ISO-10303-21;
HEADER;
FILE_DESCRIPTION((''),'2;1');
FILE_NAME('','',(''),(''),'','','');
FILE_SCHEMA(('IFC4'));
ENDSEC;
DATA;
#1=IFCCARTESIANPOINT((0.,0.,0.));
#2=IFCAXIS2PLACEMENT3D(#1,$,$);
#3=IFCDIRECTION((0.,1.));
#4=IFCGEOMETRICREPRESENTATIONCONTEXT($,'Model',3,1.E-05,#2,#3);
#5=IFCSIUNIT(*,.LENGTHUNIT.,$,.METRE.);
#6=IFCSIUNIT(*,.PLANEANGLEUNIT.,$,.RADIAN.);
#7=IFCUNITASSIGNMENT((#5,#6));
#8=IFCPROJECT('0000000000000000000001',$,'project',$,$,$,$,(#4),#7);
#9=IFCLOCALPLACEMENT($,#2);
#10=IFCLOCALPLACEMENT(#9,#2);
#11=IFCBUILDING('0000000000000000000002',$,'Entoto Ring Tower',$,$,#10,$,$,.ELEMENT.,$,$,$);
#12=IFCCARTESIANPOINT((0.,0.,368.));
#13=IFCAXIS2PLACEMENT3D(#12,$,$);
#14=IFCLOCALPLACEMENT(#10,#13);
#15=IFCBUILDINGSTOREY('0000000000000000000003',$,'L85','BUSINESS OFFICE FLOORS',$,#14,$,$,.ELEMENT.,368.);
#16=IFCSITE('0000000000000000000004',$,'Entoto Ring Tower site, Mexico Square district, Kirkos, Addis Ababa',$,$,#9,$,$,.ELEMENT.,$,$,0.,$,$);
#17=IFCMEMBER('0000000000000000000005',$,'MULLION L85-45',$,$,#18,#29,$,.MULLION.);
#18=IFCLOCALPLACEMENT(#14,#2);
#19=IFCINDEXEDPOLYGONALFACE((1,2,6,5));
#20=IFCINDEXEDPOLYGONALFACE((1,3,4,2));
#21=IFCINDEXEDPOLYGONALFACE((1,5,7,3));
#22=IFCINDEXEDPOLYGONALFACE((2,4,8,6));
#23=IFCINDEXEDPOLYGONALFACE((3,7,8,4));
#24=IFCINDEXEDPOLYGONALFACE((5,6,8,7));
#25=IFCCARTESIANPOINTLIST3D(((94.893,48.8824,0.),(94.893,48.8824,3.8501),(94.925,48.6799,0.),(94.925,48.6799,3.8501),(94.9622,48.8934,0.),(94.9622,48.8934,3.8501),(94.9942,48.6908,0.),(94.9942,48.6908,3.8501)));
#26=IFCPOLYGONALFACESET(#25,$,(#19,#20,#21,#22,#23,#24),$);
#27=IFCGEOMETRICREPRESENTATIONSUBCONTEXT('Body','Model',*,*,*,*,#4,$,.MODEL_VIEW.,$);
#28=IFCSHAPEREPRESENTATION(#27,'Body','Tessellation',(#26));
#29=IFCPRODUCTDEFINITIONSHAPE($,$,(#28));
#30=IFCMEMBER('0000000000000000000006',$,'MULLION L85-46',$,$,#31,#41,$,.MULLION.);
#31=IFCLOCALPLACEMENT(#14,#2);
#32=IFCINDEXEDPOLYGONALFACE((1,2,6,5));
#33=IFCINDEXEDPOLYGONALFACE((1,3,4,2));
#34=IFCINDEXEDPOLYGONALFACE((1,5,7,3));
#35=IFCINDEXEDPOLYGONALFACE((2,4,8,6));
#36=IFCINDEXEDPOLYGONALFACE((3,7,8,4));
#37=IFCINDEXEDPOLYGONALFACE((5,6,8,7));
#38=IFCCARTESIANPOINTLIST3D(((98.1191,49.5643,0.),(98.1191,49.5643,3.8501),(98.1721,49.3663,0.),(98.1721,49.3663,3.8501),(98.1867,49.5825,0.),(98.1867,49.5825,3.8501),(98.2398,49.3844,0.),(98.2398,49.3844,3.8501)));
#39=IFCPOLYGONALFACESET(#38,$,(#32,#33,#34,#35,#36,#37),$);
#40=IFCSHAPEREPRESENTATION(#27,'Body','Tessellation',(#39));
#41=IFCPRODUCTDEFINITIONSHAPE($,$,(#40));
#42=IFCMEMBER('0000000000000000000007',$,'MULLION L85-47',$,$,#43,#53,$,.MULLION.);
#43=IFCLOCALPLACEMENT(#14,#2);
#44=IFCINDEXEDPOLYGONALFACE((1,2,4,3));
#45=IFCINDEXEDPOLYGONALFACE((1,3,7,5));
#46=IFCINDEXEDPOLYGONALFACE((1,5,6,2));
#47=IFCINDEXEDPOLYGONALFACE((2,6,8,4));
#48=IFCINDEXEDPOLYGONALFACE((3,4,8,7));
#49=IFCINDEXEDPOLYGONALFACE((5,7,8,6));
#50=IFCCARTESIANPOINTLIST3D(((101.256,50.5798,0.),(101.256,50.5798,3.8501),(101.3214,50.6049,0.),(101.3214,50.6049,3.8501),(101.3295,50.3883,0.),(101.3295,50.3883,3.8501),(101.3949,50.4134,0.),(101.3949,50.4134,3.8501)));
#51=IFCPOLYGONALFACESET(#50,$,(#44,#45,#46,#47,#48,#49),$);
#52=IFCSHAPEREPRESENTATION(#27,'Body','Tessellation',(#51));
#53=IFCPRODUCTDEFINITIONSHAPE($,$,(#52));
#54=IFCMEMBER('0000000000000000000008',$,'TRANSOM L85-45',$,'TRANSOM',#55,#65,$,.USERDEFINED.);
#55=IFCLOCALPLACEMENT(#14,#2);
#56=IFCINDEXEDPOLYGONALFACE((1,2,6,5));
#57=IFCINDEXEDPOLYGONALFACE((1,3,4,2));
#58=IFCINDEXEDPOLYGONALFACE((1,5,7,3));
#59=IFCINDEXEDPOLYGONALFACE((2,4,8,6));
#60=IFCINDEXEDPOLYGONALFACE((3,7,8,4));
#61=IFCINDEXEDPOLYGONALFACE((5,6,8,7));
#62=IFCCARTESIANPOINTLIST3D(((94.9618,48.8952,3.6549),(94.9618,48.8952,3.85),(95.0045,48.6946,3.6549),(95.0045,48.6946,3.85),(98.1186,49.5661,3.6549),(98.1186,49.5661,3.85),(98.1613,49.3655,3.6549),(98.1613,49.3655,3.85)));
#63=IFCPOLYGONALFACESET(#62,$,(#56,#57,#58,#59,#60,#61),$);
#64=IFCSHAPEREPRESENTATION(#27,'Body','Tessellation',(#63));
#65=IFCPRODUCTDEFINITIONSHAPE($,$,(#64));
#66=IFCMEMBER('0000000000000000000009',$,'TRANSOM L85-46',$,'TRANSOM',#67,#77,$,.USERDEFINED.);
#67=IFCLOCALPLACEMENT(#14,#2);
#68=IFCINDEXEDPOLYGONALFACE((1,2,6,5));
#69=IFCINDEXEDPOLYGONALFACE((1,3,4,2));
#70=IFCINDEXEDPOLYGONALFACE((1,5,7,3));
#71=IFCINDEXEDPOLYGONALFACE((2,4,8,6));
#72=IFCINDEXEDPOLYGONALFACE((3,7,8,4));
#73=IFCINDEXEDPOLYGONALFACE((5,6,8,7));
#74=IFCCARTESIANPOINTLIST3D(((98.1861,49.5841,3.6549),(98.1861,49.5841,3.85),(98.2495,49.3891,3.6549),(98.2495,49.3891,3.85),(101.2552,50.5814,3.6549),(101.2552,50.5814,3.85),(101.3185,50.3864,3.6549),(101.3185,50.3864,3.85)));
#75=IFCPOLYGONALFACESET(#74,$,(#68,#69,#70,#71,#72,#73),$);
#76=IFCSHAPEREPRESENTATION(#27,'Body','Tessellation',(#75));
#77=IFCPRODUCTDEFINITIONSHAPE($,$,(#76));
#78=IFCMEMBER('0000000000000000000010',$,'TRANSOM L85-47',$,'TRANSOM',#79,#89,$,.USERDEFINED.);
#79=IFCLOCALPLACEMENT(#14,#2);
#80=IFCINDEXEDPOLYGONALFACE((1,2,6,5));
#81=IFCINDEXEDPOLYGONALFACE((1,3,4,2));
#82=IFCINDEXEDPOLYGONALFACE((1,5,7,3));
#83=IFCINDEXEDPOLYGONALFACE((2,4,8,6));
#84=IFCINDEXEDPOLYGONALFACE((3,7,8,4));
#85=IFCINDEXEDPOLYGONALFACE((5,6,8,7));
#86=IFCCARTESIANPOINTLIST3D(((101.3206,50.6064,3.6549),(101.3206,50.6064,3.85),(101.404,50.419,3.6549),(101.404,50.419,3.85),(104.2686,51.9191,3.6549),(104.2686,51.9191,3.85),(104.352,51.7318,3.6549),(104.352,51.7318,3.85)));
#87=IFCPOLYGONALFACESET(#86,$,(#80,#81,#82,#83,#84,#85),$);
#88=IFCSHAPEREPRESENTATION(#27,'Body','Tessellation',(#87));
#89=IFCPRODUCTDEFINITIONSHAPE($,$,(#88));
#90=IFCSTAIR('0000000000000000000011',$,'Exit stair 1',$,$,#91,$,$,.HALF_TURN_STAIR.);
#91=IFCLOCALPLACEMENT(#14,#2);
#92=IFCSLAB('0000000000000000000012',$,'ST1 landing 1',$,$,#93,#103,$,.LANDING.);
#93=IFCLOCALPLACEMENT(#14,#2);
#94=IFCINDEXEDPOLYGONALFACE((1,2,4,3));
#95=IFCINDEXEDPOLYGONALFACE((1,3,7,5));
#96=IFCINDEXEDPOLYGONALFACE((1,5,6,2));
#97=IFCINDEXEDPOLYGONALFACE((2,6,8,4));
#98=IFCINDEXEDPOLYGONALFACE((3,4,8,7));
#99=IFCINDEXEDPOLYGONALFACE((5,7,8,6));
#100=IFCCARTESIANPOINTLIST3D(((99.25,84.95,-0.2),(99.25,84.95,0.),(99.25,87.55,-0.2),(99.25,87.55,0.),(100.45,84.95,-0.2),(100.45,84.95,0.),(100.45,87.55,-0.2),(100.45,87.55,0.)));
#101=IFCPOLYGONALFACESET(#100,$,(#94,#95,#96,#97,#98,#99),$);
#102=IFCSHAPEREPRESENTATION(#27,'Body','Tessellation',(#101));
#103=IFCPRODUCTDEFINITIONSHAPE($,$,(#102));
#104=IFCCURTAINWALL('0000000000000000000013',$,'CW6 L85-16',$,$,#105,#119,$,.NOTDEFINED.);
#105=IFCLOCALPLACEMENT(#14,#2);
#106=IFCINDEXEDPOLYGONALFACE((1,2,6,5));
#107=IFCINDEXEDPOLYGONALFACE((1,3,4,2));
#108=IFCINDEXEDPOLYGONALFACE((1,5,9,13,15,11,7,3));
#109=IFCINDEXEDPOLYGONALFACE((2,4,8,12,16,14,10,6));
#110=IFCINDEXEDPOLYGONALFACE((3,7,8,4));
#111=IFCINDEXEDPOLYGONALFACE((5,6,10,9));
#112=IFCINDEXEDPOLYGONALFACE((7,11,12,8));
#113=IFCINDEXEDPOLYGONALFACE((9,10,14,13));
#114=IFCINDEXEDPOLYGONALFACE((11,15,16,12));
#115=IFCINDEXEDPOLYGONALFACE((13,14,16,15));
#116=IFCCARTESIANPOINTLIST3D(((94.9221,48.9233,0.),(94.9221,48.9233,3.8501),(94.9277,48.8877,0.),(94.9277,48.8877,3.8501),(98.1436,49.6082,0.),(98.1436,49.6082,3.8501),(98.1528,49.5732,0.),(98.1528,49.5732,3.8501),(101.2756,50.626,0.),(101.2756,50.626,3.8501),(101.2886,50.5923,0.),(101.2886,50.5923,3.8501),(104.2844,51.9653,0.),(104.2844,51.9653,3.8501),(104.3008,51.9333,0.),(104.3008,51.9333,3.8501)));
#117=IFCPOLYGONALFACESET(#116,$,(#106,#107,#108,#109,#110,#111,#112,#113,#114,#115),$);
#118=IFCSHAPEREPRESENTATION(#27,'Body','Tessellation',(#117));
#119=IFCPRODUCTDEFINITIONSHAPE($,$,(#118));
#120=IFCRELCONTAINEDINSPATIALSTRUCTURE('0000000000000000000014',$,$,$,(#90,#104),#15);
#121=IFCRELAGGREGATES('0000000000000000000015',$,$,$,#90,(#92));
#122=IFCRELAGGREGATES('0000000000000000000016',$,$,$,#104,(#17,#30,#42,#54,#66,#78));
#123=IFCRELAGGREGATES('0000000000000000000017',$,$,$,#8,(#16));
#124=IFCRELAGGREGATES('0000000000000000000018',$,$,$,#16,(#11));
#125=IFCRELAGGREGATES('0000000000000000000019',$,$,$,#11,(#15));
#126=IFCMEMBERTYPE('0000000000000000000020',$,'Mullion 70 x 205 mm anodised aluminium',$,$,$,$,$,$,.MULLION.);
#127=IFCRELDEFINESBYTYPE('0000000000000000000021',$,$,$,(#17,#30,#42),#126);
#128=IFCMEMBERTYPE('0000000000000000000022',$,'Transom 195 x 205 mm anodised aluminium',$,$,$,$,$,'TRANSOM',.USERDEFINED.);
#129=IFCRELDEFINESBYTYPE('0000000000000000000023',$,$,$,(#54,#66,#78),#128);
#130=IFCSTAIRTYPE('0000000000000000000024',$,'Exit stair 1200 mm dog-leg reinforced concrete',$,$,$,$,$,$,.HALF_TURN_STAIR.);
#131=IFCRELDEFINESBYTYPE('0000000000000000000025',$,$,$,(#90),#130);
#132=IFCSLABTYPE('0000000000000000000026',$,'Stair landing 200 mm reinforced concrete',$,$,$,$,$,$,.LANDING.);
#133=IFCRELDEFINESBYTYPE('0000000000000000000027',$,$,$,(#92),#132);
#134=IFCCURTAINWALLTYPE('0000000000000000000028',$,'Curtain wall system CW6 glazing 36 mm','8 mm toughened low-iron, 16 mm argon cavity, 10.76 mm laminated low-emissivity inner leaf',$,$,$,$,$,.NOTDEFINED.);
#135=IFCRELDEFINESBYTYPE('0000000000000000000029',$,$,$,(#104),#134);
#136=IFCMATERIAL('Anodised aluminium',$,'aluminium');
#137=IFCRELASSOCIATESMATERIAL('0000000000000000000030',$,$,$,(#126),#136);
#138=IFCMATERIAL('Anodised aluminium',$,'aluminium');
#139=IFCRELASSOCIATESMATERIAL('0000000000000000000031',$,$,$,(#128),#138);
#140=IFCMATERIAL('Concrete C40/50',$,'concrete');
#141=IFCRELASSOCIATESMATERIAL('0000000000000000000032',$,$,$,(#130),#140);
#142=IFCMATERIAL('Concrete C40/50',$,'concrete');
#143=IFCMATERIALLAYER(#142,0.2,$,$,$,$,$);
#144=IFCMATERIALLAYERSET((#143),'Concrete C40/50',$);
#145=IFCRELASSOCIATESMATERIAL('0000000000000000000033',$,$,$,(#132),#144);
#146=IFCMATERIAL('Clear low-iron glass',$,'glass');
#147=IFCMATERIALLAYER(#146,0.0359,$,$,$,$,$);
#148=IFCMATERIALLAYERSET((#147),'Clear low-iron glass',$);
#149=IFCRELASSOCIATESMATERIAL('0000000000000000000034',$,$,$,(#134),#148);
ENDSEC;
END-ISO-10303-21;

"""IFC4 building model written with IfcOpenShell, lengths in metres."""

from ifc_helpers import new_model, si_unit, direction, frame, origin, origin_2d, place, context, subcontext, project, spatial, polyline, rectangle, outline, extrude, material, layer, layer_set, material_profile, profile_set, type_object, element, aggregate, save


model = new_model("IFC4")

# Units and contexts
model_context = context("Model", 3, precision=1e-05, world=origin(), true_north=direction((0.0, 1.0)))
body_context = subcontext(model_context, "Body", "Model", "MODEL_VIEW")
ifc_project = project(units=[si_unit("LENGTHUNIT", "METRE"), si_unit("PLANEANGLEUNIT", "RADIAN")], contexts=[model_context])

# Members
ifc_material_1 = material(Name="Anodised aluminium", Category="aluminium")
ifc_material_profile_1 = material_profile(ifc_material_1, rectangle(XDim=0.0701, YDim=0.2051, at=origin_2d()), Name="Mullion 70 x 205 mm anodised aluminium")
ifc_profile_set_1 = profile_set([ifc_material_profile_1], Name="Anodised aluminium")
member_type_1 = type_object("IfcMemberType", Name="Mullion 70 x 205 mm anodised aluminium", PredefinedType="MULLION", material=ifc_profile_set_1)
site_placement = place(None, origin())
building_placement = place(site_placement, origin())
storey_placement = place(building_placement, frame((0.0, 0.0, 368.0)))
member_1_placement = place(storey_placement, frame((94.9436, 48.7866, 0.0), z_axis=(0.0, 0.0, 1.0), x_axis=(0.987688, 0.156434, 0.0)))
member_1 = element("IfcMember", 1, at=member_1_placement, type_object=member_type_1, Name="MULLION L85-45", PredefinedType="MULLION", context=body_context, shape_type="SweptSolid", body=[
    extrude(rectangle(XDim=0.0701, YDim=0.2051, at=origin_2d()), origin(), (0.0, 0.0, 1.0), 3.8501),
])
member_2_placement = place(storey_placement, frame((98.1794, 49.4744, 0.0), z_axis=(0.0, 0.0, 1.0), x_axis=(0.965926, 0.258819, 0.0)))
member_2 = element("IfcMember", 2, at=member_2_placement, type_object=member_type_1, Name="MULLION L85-46", PredefinedType="MULLION", context=body_context, shape_type="SweptSolid", body=[
    extrude(rectangle(XDim=0.0701, YDim=0.2051, at=origin_2d()), origin(), (0.0, 0.0, 1.0), 3.8501),
])
member_3_placement = place(storey_placement, frame((101.3254, 50.4966, 0.0), z_axis=(0.0, 0.0, 1.0), x_axis=(0.93358, 0.358368, 0.0)))
member_3 = element("IfcMember", 3, at=member_3_placement, type_object=member_type_1, Name="MULLION L85-47", PredefinedType="MULLION", context=body_context, shape_type="SweptSolid", body=[
    extrude(rectangle(XDim=0.0701, YDim=0.2051, at=origin_2d()), origin(), (0.0, 0.0, 1.0), 3.8501),
])
ifc_material_2 = material(Name="Anodised aluminium", Category="aluminium")
ifc_material_profile_2 = material_profile(ifc_material_2, rectangle(XDim=0.2051, YDim=0.1951, at=origin_2d()), Name="Transom 195 x 205 mm anodised aluminium")
ifc_profile_set_2 = profile_set([ifc_material_profile_2], Name="Anodised aluminium")
member_type_2 = type_object("IfcMemberType", Name="Transom 195 x 205 mm anodised aluminium", ElementType="TRANSOM", PredefinedType="USERDEFINED", material=ifc_profile_set_2)
member_4_placement = place(storey_placement, frame((94.9832, 48.7949, 3.7524), z_axis=(0.978153, 0.207886, 0.0), x_axis=(-0.207886, 0.978153, 0.0)))
member_4 = element("IfcMember", 4, at=member_4_placement, type_object=member_type_2, Name="TRANSOM L85-45", ObjectType="TRANSOM", PredefinedType="USERDEFINED", context=body_context, shape_type="SweptSolid", body=[
    extrude(rectangle(XDim=0.2051, YDim=0.1951, at=origin_2d()), origin(), (0.0, 0.0, 1.0), 3.2273),
])
member_5_placement = place(storey_placement, frame((98.2178, 49.4866, 3.7524), z_axis=(0.951047, 0.309047, 0.0), x_axis=(-0.309047, 0.951047, 0.0)))
member_5 = element("IfcMember", 5, at=member_5_placement, type_object=member_type_2, Name="TRANSOM L85-46", ObjectType="TRANSOM", PredefinedType="USERDEFINED", context=body_context, shape_type="SweptSolid", body=[
    extrude(rectangle(XDim=0.2051, YDim=0.1951, at=origin_2d()), origin(), (0.0, 0.0, 1.0), 3.2271),
])
member_6_placement = place(storey_placement, frame((101.3623, 50.5127, 3.7524), z_axis=(0.913521, 0.406791, 0.0), x_axis=(-0.406791, 0.913521, 0.0)))
member_6 = element("IfcMember", 6, at=member_6_placement, type_object=member_type_2, Name="TRANSOM L85-47", ObjectType="TRANSOM", PredefinedType="USERDEFINED", context=body_context, shape_type="SweptSolid", body=[
    extrude(rectangle(XDim=0.2051, YDim=0.1951, at=origin_2d()), origin(), (0.0, 0.0, 1.0), 3.2271),
])

# Site, building, storey
site = spatial("IfcSite", under=ifc_project, at=site_placement, Name="Entoto Ring Tower site, Mexico Square district, Kirkos, Addis Ababa", CompositionType="ELEMENT", RefElevation=0.0)
building = spatial("IfcBuilding", under=site, at=building_placement, Name="Entoto Ring Tower", CompositionType="ELEMENT")
storey = spatial("IfcBuildingStorey", under=building, at=storey_placement, Name="L85", Description="BUSINESS OFFICE FLOORS", CompositionType="ELEMENT", Elevation=368.0)

# Stair, slab
ifc_material_3 = material(Name="Concrete C40/50", Category="concrete")
stair_type = type_object("IfcStairType", Name="Exit stair 1200 mm dog-leg reinforced concrete", PredefinedType="HALF_TURN_STAIR", material=ifc_material_3)
stair_placement = place(storey_placement, origin())
stair = element("IfcStair", 7, at=stair_placement, inside=storey, type_object=stair_type, Name="Exit stair 1", PredefinedType="HALF_TURN_STAIR")
ifc_material_4 = material(Name="Concrete C40/50", Category="concrete")
ifc_layer_1 = layer(ifc_material_4, 0.2)
ifc_layer_set_1 = layer_set([ifc_layer_1], Name="Concrete C40/50")
slab_type = type_object("IfcSlabType", Name="Stair landing 200 mm reinforced concrete", PredefinedType="LANDING", material=ifc_layer_set_1)
slab_placement = place(storey_placement, frame((0.0, 0.0, -0.2)))
slab = element("IfcSlab", 8, at=slab_placement, type_object=slab_type, Name="ST1 landing 1", PredefinedType="LANDING", context=body_context, shape_type="SweptSolid", body=[
    extrude(outline(polyline([(100.45, 84.95), (100.45, 87.55), (99.25, 87.55), (99.25, 84.95), (100.45, 84.95)])), origin(), (0.0, 0.0, 1.0), 0.2),
])
aggregate(stair, [slab])

# Curtain wall
ifc_material_5 = material(Name="Clear low-iron glass", Category="glass")
ifc_layer_2 = layer(ifc_material_5, 0.0359)
ifc_layer_set_2 = layer_set([ifc_layer_2], Name="Clear low-iron glass")
curtain_wall_type = type_object("IfcCurtainWallType", Name="Curtain wall system CW6 glazing 36 mm", Description="8 mm toughened low-iron, 16 mm argon cavity, 10.76 mm laminated low-emissivity inner leaf", PredefinedType="NOTDEFINED", material=ifc_layer_set_2)
curtain_wall_1_placement = place(storey_placement, origin())
curtain_wall_1 = element("IfcCurtainWall", 9, at=curtain_wall_1_placement, inside=storey, type_object=curtain_wall_type, Name="CW6 L85-16", PredefinedType="NOTDEFINED", context=body_context, shape_type="SweptSolid", body=[
    extrude(outline(polyline([(94.9277, 48.8877), (98.1528, 49.5732), (101.2886, 50.5923), (104.3008, 51.9333), (104.2844, 51.9653), (101.2756, 50.626), (98.1436, 49.6082), (94.9221, 48.9233), (94.9277, 48.8877)])), origin(), (0.0, 0.0, 1.0), 3.8501),
])
aggregate(curtain_wall_1, [member_1, member_2, member_3, member_4, member_5, member_6])

save(model, "model.ifc")
